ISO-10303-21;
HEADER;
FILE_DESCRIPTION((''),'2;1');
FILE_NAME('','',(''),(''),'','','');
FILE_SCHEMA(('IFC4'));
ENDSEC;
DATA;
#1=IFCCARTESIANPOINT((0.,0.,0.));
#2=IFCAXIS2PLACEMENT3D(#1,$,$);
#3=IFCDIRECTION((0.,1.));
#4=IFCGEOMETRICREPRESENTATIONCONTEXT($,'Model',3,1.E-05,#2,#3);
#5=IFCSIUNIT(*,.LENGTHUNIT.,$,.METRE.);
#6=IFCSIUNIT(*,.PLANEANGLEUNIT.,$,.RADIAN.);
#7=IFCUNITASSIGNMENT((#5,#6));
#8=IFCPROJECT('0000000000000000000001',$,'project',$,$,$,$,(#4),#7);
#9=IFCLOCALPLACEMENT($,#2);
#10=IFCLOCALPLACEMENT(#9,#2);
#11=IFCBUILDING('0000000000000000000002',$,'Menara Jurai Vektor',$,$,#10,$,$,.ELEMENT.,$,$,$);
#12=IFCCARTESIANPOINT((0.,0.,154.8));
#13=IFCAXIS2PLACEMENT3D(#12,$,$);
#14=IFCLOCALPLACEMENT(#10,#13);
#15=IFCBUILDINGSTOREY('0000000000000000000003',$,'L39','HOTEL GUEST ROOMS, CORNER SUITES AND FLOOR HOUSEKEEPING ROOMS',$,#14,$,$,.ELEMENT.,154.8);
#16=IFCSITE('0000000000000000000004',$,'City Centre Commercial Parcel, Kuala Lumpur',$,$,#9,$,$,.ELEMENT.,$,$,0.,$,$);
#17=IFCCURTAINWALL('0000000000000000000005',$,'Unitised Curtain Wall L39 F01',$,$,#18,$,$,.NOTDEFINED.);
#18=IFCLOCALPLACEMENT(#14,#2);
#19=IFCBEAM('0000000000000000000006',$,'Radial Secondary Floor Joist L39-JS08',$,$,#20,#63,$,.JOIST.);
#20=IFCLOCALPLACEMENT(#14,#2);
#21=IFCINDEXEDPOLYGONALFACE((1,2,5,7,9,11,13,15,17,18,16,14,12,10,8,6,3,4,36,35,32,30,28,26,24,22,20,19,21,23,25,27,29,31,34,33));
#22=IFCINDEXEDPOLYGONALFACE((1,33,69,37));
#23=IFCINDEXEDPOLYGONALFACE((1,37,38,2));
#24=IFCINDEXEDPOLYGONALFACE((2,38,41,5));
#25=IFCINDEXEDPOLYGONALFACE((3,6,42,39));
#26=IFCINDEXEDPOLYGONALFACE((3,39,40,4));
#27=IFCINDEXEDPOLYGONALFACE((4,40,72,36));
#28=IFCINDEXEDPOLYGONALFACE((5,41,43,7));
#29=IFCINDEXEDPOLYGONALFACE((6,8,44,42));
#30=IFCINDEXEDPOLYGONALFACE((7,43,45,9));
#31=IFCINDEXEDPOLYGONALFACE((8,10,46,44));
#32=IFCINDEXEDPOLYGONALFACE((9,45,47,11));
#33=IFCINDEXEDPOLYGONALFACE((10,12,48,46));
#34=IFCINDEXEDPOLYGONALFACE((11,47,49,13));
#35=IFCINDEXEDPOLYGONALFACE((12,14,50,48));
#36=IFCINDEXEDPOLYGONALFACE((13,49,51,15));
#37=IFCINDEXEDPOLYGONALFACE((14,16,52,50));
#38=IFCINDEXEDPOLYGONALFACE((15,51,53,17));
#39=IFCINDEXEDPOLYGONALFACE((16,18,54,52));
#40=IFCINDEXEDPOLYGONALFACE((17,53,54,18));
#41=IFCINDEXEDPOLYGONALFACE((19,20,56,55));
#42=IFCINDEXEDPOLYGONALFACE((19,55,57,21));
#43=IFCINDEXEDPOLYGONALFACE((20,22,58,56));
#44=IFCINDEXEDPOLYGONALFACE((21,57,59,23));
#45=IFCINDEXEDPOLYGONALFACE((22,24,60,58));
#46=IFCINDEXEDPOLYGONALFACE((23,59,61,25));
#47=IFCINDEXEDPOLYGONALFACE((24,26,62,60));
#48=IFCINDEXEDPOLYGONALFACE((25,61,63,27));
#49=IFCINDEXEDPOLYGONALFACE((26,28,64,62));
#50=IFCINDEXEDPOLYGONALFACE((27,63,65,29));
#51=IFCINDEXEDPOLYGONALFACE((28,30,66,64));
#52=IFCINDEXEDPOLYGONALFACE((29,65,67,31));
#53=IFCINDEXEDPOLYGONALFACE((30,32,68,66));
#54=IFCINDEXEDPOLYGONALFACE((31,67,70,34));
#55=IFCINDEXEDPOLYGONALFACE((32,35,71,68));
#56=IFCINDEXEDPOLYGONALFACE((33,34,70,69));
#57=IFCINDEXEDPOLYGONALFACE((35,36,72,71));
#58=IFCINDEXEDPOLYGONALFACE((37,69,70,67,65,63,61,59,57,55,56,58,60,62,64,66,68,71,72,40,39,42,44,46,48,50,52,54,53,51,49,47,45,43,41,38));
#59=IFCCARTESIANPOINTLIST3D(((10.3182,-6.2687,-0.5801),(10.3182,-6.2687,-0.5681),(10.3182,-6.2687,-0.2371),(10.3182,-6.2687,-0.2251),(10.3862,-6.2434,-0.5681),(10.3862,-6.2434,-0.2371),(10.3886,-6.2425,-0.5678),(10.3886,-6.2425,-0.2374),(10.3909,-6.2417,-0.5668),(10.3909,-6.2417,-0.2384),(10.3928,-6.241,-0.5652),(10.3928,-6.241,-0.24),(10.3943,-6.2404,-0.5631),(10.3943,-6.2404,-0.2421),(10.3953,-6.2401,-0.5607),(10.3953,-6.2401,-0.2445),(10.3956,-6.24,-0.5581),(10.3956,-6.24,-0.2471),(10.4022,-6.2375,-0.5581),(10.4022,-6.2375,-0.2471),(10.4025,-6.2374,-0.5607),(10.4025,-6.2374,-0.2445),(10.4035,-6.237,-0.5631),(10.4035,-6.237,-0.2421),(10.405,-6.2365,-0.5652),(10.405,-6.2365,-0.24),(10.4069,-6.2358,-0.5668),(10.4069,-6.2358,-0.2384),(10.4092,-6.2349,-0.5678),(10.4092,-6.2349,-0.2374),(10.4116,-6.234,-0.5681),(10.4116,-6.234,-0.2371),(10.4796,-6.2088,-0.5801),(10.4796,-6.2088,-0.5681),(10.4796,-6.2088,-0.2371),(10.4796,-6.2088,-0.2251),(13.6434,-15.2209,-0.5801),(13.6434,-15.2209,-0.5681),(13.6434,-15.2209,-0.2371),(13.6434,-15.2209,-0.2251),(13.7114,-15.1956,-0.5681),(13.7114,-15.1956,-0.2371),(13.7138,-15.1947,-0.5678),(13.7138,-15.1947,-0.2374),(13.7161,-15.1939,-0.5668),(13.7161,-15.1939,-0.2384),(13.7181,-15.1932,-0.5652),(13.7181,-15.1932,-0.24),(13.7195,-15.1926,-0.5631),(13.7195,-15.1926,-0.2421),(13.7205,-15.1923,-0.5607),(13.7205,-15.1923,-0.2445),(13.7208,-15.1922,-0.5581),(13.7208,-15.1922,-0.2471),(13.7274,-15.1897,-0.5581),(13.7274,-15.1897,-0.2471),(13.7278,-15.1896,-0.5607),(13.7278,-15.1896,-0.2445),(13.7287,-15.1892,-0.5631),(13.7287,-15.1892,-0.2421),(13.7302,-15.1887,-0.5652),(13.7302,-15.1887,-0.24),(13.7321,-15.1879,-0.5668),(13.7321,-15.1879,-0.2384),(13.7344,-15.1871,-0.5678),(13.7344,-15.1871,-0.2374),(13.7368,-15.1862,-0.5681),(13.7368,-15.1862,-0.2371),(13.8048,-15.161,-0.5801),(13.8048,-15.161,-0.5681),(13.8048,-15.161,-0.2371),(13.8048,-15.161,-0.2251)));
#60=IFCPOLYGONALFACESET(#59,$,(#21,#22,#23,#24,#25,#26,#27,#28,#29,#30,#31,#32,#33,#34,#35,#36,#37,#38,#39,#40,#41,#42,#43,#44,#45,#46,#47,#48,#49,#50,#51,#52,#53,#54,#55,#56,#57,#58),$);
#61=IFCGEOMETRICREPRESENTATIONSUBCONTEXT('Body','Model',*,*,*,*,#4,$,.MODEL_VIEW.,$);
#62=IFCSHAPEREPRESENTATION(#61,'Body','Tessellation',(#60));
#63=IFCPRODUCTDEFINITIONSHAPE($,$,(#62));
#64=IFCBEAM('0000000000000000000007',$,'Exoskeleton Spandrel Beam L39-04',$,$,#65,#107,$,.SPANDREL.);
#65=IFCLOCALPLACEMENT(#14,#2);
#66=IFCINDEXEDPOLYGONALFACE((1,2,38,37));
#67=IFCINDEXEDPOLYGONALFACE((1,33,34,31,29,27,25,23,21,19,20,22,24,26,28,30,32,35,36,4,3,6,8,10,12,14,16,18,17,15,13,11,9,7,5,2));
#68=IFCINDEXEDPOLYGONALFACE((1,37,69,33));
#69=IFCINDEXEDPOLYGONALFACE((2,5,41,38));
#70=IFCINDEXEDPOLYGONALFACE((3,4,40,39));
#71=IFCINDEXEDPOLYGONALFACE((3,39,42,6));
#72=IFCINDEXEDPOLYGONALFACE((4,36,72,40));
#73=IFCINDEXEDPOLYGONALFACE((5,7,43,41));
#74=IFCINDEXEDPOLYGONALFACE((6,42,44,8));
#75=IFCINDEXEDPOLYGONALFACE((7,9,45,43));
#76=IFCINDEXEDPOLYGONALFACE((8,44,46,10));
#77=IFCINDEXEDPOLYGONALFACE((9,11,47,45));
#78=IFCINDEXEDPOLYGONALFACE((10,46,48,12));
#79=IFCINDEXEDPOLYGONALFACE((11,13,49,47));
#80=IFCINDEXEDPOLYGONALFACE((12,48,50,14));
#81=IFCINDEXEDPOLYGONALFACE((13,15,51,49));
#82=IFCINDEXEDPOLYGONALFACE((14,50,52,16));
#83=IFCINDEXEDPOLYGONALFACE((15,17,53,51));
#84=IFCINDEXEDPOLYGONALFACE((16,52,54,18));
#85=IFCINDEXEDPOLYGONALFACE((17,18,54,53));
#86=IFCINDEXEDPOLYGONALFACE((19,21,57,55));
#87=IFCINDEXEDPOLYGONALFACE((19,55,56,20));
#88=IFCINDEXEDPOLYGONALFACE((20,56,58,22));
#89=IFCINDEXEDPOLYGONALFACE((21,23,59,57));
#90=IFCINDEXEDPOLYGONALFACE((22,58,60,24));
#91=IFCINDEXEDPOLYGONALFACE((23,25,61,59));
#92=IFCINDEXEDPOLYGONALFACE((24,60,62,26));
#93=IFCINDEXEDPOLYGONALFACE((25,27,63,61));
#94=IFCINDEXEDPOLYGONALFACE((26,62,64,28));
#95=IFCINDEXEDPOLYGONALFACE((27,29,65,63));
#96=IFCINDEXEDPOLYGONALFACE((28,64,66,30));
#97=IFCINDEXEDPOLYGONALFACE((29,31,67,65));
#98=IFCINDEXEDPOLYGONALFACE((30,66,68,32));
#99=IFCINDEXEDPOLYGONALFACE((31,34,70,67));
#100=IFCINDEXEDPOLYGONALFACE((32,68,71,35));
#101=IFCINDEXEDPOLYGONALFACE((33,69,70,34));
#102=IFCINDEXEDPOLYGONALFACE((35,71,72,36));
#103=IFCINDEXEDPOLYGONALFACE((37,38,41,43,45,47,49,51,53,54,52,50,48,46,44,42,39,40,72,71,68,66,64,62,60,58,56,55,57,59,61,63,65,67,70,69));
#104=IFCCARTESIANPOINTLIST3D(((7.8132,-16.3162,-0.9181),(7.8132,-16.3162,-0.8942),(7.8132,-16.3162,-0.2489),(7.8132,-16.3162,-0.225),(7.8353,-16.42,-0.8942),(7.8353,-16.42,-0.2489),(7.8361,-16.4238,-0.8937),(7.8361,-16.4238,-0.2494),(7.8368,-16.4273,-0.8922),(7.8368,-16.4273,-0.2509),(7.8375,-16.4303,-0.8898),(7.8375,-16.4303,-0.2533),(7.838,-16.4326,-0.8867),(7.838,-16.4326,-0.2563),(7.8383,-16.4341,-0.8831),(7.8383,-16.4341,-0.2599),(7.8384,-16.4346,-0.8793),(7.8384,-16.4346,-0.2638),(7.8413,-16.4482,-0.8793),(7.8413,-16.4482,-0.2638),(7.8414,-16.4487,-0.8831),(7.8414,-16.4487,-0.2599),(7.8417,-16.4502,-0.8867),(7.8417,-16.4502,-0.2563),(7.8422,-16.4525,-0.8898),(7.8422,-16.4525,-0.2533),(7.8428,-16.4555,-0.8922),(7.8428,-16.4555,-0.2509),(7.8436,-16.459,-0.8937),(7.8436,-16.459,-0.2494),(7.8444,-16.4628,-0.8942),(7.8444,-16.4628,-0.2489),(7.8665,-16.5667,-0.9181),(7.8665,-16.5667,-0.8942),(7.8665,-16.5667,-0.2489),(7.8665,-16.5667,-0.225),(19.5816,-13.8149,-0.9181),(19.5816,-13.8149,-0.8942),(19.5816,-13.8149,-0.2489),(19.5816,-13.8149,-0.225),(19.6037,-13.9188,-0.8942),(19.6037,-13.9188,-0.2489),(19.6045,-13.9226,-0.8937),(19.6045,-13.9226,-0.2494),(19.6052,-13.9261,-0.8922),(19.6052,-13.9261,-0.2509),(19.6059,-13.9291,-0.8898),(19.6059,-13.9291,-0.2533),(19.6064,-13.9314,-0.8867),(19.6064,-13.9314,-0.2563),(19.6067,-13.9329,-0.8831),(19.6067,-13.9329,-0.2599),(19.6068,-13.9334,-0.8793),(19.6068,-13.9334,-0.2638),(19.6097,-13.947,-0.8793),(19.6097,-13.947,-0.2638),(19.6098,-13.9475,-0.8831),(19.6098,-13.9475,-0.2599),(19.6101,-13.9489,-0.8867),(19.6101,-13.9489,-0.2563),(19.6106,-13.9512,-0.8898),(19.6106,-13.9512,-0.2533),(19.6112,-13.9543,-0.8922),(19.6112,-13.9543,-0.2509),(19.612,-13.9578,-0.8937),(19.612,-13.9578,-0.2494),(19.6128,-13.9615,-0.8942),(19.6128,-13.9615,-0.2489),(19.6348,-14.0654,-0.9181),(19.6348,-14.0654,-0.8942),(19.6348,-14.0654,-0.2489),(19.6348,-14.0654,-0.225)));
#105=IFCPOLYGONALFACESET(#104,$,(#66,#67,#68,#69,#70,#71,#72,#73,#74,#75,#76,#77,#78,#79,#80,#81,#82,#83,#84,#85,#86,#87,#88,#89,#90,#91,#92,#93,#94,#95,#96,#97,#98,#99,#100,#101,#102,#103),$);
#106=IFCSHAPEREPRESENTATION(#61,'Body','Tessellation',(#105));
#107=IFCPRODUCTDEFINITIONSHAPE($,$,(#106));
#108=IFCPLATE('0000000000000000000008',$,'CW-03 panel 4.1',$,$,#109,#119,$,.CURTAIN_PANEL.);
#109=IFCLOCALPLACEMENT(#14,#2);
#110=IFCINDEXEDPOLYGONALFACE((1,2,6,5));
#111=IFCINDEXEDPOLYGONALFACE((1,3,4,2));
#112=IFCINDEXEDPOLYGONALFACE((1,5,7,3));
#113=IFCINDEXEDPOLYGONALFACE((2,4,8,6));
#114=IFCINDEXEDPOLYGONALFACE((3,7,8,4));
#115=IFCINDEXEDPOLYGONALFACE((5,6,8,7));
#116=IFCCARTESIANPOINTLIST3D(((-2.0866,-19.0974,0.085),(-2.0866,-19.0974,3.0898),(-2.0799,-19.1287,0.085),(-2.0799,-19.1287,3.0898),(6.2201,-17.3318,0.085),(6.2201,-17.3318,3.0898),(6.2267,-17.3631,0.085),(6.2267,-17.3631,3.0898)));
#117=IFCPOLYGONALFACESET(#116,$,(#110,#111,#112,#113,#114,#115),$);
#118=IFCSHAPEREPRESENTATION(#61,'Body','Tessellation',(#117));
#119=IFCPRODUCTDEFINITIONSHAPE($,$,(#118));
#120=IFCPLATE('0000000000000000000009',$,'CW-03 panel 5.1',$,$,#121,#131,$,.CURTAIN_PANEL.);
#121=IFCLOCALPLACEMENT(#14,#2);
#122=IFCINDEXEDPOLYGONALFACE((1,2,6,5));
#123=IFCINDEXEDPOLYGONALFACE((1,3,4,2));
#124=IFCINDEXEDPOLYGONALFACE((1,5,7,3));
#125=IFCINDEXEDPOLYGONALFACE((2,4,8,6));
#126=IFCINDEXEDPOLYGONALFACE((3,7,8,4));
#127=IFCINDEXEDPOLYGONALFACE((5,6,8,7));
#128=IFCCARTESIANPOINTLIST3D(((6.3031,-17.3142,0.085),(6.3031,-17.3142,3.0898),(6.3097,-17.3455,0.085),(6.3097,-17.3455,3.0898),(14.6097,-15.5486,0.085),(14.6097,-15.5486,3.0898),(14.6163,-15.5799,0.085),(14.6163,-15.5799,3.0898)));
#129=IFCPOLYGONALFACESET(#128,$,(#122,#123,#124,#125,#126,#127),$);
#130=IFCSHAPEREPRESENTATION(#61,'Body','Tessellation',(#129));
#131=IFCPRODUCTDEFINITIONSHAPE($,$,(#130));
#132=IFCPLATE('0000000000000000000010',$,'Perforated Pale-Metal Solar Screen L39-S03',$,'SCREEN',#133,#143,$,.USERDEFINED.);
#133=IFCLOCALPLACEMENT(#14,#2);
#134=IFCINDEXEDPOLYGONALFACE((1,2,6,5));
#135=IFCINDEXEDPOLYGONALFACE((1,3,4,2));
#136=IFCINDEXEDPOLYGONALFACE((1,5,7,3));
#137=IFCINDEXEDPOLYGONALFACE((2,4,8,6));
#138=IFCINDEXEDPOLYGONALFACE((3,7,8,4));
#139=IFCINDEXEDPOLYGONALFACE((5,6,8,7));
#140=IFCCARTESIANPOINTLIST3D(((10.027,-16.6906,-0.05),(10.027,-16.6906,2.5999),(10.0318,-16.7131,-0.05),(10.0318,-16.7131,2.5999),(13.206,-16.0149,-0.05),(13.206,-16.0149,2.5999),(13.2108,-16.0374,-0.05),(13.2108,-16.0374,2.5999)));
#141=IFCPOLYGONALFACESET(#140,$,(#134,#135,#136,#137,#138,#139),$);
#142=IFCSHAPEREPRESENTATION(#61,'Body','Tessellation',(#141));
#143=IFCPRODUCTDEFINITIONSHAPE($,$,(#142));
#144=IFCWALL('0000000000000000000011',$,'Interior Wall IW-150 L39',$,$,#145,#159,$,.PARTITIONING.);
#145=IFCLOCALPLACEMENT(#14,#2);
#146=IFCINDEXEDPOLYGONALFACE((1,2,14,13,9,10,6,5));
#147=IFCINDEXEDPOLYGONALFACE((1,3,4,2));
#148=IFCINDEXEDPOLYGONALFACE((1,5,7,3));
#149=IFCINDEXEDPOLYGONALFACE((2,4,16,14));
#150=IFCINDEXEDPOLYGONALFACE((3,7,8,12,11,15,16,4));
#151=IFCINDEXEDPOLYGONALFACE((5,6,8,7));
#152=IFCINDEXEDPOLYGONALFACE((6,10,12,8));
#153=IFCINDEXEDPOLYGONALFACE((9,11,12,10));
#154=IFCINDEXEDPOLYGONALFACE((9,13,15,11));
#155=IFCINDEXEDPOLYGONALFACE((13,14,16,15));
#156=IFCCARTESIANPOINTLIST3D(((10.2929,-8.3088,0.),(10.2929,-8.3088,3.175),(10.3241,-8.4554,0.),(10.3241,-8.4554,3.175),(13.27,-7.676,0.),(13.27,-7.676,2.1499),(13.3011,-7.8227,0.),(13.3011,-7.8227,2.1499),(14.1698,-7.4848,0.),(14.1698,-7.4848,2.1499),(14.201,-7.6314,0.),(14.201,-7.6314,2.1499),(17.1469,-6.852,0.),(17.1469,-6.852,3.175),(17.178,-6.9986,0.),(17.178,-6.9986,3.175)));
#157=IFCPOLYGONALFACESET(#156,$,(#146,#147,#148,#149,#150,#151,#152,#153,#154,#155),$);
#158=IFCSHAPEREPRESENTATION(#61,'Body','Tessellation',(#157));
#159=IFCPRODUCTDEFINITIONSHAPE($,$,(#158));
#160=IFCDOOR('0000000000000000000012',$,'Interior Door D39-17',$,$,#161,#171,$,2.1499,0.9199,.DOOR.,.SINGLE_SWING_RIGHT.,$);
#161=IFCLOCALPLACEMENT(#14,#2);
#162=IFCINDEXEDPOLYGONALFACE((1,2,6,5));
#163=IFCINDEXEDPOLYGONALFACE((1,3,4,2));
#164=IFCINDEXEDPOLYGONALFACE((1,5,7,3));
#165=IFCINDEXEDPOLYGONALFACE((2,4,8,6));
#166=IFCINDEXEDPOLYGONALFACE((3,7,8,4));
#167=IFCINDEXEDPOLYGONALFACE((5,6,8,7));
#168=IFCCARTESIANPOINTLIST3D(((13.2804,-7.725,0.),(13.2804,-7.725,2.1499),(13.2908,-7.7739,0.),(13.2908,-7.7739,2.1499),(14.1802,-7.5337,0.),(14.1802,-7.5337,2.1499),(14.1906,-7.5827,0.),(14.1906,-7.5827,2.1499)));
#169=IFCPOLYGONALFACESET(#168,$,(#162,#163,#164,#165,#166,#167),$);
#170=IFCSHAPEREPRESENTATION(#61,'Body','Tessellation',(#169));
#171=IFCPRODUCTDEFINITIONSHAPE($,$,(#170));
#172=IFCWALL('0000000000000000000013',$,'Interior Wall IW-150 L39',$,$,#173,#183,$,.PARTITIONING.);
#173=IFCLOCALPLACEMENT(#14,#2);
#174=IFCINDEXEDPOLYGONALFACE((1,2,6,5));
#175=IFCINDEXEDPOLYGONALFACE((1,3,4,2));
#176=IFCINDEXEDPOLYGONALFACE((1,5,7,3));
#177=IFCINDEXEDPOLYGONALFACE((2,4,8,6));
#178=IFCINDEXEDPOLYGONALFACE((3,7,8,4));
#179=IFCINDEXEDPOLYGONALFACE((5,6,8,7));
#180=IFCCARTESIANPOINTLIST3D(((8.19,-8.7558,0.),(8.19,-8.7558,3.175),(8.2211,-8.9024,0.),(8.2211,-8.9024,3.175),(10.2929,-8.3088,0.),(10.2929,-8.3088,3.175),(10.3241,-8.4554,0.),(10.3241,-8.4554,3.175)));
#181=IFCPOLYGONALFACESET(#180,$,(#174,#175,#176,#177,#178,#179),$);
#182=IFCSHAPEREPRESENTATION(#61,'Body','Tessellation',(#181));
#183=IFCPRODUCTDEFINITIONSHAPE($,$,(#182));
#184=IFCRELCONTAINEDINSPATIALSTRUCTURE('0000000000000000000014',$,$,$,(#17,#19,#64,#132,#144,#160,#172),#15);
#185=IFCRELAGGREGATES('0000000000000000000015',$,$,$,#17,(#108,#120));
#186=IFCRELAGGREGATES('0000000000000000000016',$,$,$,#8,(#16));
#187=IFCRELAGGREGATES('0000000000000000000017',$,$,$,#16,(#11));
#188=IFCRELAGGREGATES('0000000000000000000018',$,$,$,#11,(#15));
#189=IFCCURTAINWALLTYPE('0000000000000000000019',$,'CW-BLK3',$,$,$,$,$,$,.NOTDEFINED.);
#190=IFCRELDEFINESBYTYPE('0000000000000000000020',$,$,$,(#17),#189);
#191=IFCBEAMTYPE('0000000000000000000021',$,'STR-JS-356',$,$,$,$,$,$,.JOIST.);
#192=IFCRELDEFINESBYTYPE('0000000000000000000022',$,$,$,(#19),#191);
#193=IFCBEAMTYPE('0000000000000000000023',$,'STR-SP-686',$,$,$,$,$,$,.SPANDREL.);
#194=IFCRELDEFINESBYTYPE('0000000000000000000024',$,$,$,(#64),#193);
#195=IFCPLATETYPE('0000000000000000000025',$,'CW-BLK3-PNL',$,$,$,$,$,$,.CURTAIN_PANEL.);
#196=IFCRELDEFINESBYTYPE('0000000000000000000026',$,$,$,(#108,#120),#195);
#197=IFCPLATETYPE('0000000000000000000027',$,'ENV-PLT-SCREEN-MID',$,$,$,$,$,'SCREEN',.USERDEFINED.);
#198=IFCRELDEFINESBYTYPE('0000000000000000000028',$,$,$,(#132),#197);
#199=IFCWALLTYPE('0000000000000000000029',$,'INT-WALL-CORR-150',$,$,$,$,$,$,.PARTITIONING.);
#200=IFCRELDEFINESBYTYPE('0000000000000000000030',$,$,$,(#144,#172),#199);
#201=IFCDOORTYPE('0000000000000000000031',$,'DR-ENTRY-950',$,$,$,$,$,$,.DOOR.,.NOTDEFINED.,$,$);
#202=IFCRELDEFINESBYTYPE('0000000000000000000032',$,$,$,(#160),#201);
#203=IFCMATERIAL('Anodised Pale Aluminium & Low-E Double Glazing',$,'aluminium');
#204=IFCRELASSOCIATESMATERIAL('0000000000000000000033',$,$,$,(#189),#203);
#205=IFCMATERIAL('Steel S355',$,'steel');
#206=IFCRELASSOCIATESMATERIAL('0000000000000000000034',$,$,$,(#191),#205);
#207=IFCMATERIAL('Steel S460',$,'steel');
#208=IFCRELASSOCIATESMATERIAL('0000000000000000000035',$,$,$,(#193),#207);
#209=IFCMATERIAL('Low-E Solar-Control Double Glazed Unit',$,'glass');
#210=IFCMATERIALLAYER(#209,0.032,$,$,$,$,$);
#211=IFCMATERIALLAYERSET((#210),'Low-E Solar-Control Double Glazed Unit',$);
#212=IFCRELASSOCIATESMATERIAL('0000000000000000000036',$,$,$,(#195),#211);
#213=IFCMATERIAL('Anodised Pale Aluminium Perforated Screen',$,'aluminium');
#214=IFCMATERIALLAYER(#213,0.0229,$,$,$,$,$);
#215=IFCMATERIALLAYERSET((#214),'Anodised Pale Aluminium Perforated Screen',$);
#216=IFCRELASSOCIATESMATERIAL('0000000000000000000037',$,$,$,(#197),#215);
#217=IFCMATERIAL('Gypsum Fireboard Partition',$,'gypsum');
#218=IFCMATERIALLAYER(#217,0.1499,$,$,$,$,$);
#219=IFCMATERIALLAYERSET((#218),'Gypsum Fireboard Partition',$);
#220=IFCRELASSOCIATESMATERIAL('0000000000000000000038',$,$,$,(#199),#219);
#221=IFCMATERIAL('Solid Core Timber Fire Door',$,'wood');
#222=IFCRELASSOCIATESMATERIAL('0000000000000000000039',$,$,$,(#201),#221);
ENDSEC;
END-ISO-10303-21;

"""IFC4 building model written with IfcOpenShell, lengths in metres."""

from ifc_helpers import new_model, si_unit, direction, frame, frame_2d, origin, origin_2d, place, context, subcontext, project, spatial, rectangle, i_section, extrude, material, layer, layer_set, material_profile, profile_set, type_object, element, fill, aggregate, save


model = new_model("IFC4")

# Units and contexts
model_context = context("Model", 3, precision=1e-05, world=origin(), true_north=direction((0.0, 1.0)))
body_context = subcontext(model_context, "Body", "Model", "MODEL_VIEW")
ifc_project = project(units=[si_unit("LENGTHUNIT", "METRE"), si_unit("PLANEANGLEUNIT", "RADIAN")], contexts=[model_context])

# Site, building, storey
site_placement = place(None, origin())
site = spatial("IfcSite", under=ifc_project, at=site_placement, Name="City Centre Commercial Parcel, Kuala Lumpur", CompositionType="ELEMENT", RefElevation=0.0)
building_placement = place(site_placement, origin())
building = spatial("IfcBuilding", under=site, at=building_placement, Name="Menara Jurai Vektor", CompositionType="ELEMENT")
storey_placement = place(building_placement, frame((0.0, 0.0, 154.8)))
storey = spatial("IfcBuildingStorey", under=building, at=storey_placement, Name="L39", Description="HOTEL GUEST ROOMS, CORNER SUITES AND FLOOR HOUSEKEEPING ROOMS", CompositionType="ELEMENT", Elevation=154.8)

# Shared definitions
ifc_material_1 = material(Name="Steel S460", Category="steel")

# Curtain wall
ifc_material_2 = material(Name="Anodised Pale Aluminium & Low-E Double Glazing", Category="aluminium")
curtain_wall_type = type_object("IfcCurtainWallType", Name="CW-BLK3", PredefinedType="NOTDEFINED", material=ifc_material_2)
curtain_wall_placement = place(storey_placement, origin())
curtain_wall = element("IfcCurtainWall", 1, at=curtain_wall_placement, inside=storey, type_object=curtain_wall_type, Name="Unitised Curtain Wall L39 F01", PredefinedType="NOTDEFINED")

# Beams
ifc_material_3 = material(Name="Steel S355", Category="steel")
ifc_material_profile_1 = material_profile(ifc_material_3, i_section(OverallWidth=0.1721, OverallDepth=0.355, WebThickness=0.0071, FlangeThickness=0.012, FilletRadius=0.01, at=origin_2d()), Name="UKB 356x171x51")
ifc_profile_set_1 = profile_set([ifc_material_profile_1], Name="Steel S355")
beam_type_1 = type_object("IfcBeamType", Name="STR-JS-356", PredefinedType="JOIST", material=ifc_profile_set_1)
beam_1_placement = place(storey_placement, frame((13.7241, -15.1909, -0.4026), z_axis=(-0.348197, 0.937421, 0.0), x_axis=(-0.937421, -0.348197, 0.0)))
element("IfcBeam", 2, at=beam_1_placement, inside=storey, type_object=beam_type_1, Name="Radial Secondary Floor Joist L39-JS08", PredefinedType="JOIST", context=body_context, shape_type="SweptSolid", body=[
    extrude(i_section(OverallWidth=0.1721, OverallDepth=0.355, WebThickness=0.0071, FlangeThickness=0.012, FilletRadius=0.01, at=origin_2d()), origin(), (0.0, 0.0, 1.0), 9.5498),
])
ifc_material_profile_2 = material_profile(ifc_material_1, i_section(OverallWidth=0.2561, OverallDepth=0.6931, WebThickness=0.0139, FlangeThickness=0.0239, FilletRadius=0.0149, at=origin_2d()), Name="UKB 686x254x170")
ifc_profile_set_2 = profile_set([ifc_material_profile_2], Name="Steel S460")
beam_type_2 = type_object("IfcBeamType", Name="STR-SP-686", PredefinedType="SPANDREL", material=ifc_profile_set_2)
beam_2_placement = place(storey_placement, frame((7.8398, -16.4414, -0.5715), z_axis=(0.978151, 0.207895, 0.0), x_axis=(-0.207895, 0.978151, 0.0)))
element("IfcBeam", 3, at=beam_2_placement, inside=storey, type_object=beam_type_2, Name="Exoskeleton Spandrel Beam L39-04", PredefinedType="SPANDREL", context=body_context, shape_type="SweptSolid", body=[
    extrude(i_section(OverallWidth=0.2561, OverallDepth=0.6931, WebThickness=0.0139, FlangeThickness=0.0239, FilletRadius=0.0149, at=origin_2d()), origin(), (0.0, 0.0, 1.0), 12.0312),
])

# Plates
ifc_material_4 = material(Name="Low-E Solar-Control Double Glazed Unit", Category="glass")
ifc_layer_1 = layer(ifc_material_4, 0.032)
ifc_layer_set_1 = layer_set([ifc_layer_1], Name="Low-E Solar-Control Double Glazed Unit")
plate_type_1 = type_object("IfcPlateType", Name="CW-BLK3-PNL", PredefinedType="CURTAIN_PANEL", material=ifc_layer_set_1)
plate_1_placement = place(storey_placement, frame((2.0701, -18.2302, 0.085), z_axis=(0.0, 0.0, 1.0), x_axis=(0.978148, 0.207911, 0.0)))
plate_1 = element("IfcPlate", 4, at=plate_1_placement, type_object=plate_type_1, Name="CW-03 panel 4.1", PredefinedType="CURTAIN_PANEL", context=body_context, shape_type="SweptSolid", body=[
    extrude(rectangle(XDim=8.4922, YDim=0.032, at=origin_2d()), origin(), (0.0, 0.0, 1.0), 3.0049),
])
plate_2_placement = place(storey_placement, frame((10.4597, -16.447, 0.085), z_axis=(0.0, 0.0, 1.0), x_axis=(0.978148, 0.207911, 0.0)))
plate_2 = element("IfcPlate", 5, at=plate_2_placement, type_object=plate_type_1, Name="CW-03 panel 5.1", PredefinedType="CURTAIN_PANEL", context=body_context, shape_type="SweptSolid", body=[
    extrude(rectangle(XDim=8.4922, YDim=0.032, at=origin_2d()), origin(), (0.0, 0.0, 1.0), 3.0049),
])
aggregate(curtain_wall, [plate_1, plate_2])
ifc_material_5 = material(Name="Anodised Pale Aluminium Perforated Screen", Category="aluminium")
ifc_layer_2 = layer(ifc_material_5, 0.0229)
ifc_layer_set_2 = layer_set([ifc_layer_2], Name="Anodised Pale Aluminium Perforated Screen")
plate_type_2 = type_object("IfcPlateType", Name="ENV-PLT-SCREEN-MID", ElementType="SCREEN", PredefinedType="USERDEFINED", material=ifc_layer_set_2)
plate_3_placement = place(storey_placement, frame((11.6189, -16.364, -0.05), z_axis=(0.0, 0.0, 1.0), x_axis=(0.978148, 0.207912, 0.0)))
element("IfcPlate", 6, at=plate_3_placement, inside=storey, type_object=plate_type_2, Name="Perforated Pale-Metal Solar Screen L39-S03", ObjectType="SCREEN", PredefinedType="USERDEFINED", context=body_context, shape_type="SweptSolid", body=[
    extrude(rectangle(XDim=3.25, YDim=0.0229, at=origin_2d()), origin(), (0.0, 0.0, 1.0), 2.6499),
])

# Wall, opening, door
ifc_material_6 = material(Name="Gypsum Fireboard Partition", Category="gypsum")
ifc_layer_3 = layer(ifc_material_6, 0.1499)
ifc_layer_set_3 = layer_set([ifc_layer_3], Name="Gypsum Fireboard Partition")
wall_type_1 = type_object("IfcWallType", Name="INT-WALL-CORR-150", PredefinedType="PARTITIONING", material=ifc_layer_set_3)
wall_1_placement = place(storey_placement, frame((10.3086, -8.3821, 0.0), z_axis=(0.0, 0.0, 1.0), x_axis=(0.97815, 0.207901, 0.0)))
wall_1 = element("IfcWall", 7, at=wall_1_placement, inside=storey, type_object=wall_type_1, Name="Interior Wall IW-150 L39", PredefinedType="PARTITIONING", context=body_context, shape_type="SweptSolid", body=[
    extrude(rectangle(XDim=7.0071, YDim=0.1499, at=frame_2d((3.5034, 0.0))), origin(), (0.0, 0.0, 1.0), 3.175),
])
opening_1_placement = place(wall_1_placement, frame((3.0435, 0.0, 0.0)))
opening_1 = element("IfcOpeningElement", 8, at=opening_1_placement, cuts=wall_1, PredefinedType="OPENING", context=body_context, shape_type="SweptSolid", body=[
    extrude(rectangle(XDim=0.9199, YDim=2.1499, at=frame_2d((0.46, 1.075))), frame((0.0, 0.085, 0.0), z_axis=(0.0, -1.0, 0.0), x_axis=(1.0, 0.0, 0.0)), (0.0, 0.0, 1.0), 0.1699),
])
ifc_material_7 = material(Name="Solid Core Timber Fire Door", Category="wood")
door_type_1 = type_object("IfcDoorType", Name="DR-ENTRY-950", OperationType="NOTDEFINED", PredefinedType="DOOR", material=ifc_material_7)
door_1_placement = place(opening_1_placement, origin())
door_1 = element("IfcDoor", 9, at=door_1_placement, inside=storey, type_object=door_type_1, Name="Interior Door D39-17", OperationType="SINGLE_SWING_RIGHT", OverallHeight=2.1499, OverallWidth=0.9199, PredefinedType="DOOR", context=body_context, shape_type="SweptSolid", body=[
    extrude(rectangle(XDim=0.9199, YDim=2.1499, at=frame_2d((0.46, 1.075))), frame((0.0, 0.0249, 0.0), z_axis=(0.0, -1.0, 0.0), x_axis=(1.0, 0.0, 0.0)), (0.0, 0.0, 1.0), 0.05),
])
fill(opening_1, door_1)

# Wall
wall_2_placement = place(storey_placement, frame((8.2056, -8.8291, 0.0), z_axis=(0.0, 0.0, 1.0), x_axis=(0.978147, 0.207916, 0.0)))
element("IfcWall", 10, at=wall_2_placement, inside=storey, type_object=wall_type_1, Name="Interior Wall IW-150 L39", PredefinedType="PARTITIONING", context=body_context, shape_type="SweptSolid", body=[
    extrude(rectangle(XDim=2.1499, YDim=0.1499, at=frame_2d((1.075, 0.0))), origin(), (0.0, 0.0, 1.0), 3.175),
])

save(model, "model.ifc")
